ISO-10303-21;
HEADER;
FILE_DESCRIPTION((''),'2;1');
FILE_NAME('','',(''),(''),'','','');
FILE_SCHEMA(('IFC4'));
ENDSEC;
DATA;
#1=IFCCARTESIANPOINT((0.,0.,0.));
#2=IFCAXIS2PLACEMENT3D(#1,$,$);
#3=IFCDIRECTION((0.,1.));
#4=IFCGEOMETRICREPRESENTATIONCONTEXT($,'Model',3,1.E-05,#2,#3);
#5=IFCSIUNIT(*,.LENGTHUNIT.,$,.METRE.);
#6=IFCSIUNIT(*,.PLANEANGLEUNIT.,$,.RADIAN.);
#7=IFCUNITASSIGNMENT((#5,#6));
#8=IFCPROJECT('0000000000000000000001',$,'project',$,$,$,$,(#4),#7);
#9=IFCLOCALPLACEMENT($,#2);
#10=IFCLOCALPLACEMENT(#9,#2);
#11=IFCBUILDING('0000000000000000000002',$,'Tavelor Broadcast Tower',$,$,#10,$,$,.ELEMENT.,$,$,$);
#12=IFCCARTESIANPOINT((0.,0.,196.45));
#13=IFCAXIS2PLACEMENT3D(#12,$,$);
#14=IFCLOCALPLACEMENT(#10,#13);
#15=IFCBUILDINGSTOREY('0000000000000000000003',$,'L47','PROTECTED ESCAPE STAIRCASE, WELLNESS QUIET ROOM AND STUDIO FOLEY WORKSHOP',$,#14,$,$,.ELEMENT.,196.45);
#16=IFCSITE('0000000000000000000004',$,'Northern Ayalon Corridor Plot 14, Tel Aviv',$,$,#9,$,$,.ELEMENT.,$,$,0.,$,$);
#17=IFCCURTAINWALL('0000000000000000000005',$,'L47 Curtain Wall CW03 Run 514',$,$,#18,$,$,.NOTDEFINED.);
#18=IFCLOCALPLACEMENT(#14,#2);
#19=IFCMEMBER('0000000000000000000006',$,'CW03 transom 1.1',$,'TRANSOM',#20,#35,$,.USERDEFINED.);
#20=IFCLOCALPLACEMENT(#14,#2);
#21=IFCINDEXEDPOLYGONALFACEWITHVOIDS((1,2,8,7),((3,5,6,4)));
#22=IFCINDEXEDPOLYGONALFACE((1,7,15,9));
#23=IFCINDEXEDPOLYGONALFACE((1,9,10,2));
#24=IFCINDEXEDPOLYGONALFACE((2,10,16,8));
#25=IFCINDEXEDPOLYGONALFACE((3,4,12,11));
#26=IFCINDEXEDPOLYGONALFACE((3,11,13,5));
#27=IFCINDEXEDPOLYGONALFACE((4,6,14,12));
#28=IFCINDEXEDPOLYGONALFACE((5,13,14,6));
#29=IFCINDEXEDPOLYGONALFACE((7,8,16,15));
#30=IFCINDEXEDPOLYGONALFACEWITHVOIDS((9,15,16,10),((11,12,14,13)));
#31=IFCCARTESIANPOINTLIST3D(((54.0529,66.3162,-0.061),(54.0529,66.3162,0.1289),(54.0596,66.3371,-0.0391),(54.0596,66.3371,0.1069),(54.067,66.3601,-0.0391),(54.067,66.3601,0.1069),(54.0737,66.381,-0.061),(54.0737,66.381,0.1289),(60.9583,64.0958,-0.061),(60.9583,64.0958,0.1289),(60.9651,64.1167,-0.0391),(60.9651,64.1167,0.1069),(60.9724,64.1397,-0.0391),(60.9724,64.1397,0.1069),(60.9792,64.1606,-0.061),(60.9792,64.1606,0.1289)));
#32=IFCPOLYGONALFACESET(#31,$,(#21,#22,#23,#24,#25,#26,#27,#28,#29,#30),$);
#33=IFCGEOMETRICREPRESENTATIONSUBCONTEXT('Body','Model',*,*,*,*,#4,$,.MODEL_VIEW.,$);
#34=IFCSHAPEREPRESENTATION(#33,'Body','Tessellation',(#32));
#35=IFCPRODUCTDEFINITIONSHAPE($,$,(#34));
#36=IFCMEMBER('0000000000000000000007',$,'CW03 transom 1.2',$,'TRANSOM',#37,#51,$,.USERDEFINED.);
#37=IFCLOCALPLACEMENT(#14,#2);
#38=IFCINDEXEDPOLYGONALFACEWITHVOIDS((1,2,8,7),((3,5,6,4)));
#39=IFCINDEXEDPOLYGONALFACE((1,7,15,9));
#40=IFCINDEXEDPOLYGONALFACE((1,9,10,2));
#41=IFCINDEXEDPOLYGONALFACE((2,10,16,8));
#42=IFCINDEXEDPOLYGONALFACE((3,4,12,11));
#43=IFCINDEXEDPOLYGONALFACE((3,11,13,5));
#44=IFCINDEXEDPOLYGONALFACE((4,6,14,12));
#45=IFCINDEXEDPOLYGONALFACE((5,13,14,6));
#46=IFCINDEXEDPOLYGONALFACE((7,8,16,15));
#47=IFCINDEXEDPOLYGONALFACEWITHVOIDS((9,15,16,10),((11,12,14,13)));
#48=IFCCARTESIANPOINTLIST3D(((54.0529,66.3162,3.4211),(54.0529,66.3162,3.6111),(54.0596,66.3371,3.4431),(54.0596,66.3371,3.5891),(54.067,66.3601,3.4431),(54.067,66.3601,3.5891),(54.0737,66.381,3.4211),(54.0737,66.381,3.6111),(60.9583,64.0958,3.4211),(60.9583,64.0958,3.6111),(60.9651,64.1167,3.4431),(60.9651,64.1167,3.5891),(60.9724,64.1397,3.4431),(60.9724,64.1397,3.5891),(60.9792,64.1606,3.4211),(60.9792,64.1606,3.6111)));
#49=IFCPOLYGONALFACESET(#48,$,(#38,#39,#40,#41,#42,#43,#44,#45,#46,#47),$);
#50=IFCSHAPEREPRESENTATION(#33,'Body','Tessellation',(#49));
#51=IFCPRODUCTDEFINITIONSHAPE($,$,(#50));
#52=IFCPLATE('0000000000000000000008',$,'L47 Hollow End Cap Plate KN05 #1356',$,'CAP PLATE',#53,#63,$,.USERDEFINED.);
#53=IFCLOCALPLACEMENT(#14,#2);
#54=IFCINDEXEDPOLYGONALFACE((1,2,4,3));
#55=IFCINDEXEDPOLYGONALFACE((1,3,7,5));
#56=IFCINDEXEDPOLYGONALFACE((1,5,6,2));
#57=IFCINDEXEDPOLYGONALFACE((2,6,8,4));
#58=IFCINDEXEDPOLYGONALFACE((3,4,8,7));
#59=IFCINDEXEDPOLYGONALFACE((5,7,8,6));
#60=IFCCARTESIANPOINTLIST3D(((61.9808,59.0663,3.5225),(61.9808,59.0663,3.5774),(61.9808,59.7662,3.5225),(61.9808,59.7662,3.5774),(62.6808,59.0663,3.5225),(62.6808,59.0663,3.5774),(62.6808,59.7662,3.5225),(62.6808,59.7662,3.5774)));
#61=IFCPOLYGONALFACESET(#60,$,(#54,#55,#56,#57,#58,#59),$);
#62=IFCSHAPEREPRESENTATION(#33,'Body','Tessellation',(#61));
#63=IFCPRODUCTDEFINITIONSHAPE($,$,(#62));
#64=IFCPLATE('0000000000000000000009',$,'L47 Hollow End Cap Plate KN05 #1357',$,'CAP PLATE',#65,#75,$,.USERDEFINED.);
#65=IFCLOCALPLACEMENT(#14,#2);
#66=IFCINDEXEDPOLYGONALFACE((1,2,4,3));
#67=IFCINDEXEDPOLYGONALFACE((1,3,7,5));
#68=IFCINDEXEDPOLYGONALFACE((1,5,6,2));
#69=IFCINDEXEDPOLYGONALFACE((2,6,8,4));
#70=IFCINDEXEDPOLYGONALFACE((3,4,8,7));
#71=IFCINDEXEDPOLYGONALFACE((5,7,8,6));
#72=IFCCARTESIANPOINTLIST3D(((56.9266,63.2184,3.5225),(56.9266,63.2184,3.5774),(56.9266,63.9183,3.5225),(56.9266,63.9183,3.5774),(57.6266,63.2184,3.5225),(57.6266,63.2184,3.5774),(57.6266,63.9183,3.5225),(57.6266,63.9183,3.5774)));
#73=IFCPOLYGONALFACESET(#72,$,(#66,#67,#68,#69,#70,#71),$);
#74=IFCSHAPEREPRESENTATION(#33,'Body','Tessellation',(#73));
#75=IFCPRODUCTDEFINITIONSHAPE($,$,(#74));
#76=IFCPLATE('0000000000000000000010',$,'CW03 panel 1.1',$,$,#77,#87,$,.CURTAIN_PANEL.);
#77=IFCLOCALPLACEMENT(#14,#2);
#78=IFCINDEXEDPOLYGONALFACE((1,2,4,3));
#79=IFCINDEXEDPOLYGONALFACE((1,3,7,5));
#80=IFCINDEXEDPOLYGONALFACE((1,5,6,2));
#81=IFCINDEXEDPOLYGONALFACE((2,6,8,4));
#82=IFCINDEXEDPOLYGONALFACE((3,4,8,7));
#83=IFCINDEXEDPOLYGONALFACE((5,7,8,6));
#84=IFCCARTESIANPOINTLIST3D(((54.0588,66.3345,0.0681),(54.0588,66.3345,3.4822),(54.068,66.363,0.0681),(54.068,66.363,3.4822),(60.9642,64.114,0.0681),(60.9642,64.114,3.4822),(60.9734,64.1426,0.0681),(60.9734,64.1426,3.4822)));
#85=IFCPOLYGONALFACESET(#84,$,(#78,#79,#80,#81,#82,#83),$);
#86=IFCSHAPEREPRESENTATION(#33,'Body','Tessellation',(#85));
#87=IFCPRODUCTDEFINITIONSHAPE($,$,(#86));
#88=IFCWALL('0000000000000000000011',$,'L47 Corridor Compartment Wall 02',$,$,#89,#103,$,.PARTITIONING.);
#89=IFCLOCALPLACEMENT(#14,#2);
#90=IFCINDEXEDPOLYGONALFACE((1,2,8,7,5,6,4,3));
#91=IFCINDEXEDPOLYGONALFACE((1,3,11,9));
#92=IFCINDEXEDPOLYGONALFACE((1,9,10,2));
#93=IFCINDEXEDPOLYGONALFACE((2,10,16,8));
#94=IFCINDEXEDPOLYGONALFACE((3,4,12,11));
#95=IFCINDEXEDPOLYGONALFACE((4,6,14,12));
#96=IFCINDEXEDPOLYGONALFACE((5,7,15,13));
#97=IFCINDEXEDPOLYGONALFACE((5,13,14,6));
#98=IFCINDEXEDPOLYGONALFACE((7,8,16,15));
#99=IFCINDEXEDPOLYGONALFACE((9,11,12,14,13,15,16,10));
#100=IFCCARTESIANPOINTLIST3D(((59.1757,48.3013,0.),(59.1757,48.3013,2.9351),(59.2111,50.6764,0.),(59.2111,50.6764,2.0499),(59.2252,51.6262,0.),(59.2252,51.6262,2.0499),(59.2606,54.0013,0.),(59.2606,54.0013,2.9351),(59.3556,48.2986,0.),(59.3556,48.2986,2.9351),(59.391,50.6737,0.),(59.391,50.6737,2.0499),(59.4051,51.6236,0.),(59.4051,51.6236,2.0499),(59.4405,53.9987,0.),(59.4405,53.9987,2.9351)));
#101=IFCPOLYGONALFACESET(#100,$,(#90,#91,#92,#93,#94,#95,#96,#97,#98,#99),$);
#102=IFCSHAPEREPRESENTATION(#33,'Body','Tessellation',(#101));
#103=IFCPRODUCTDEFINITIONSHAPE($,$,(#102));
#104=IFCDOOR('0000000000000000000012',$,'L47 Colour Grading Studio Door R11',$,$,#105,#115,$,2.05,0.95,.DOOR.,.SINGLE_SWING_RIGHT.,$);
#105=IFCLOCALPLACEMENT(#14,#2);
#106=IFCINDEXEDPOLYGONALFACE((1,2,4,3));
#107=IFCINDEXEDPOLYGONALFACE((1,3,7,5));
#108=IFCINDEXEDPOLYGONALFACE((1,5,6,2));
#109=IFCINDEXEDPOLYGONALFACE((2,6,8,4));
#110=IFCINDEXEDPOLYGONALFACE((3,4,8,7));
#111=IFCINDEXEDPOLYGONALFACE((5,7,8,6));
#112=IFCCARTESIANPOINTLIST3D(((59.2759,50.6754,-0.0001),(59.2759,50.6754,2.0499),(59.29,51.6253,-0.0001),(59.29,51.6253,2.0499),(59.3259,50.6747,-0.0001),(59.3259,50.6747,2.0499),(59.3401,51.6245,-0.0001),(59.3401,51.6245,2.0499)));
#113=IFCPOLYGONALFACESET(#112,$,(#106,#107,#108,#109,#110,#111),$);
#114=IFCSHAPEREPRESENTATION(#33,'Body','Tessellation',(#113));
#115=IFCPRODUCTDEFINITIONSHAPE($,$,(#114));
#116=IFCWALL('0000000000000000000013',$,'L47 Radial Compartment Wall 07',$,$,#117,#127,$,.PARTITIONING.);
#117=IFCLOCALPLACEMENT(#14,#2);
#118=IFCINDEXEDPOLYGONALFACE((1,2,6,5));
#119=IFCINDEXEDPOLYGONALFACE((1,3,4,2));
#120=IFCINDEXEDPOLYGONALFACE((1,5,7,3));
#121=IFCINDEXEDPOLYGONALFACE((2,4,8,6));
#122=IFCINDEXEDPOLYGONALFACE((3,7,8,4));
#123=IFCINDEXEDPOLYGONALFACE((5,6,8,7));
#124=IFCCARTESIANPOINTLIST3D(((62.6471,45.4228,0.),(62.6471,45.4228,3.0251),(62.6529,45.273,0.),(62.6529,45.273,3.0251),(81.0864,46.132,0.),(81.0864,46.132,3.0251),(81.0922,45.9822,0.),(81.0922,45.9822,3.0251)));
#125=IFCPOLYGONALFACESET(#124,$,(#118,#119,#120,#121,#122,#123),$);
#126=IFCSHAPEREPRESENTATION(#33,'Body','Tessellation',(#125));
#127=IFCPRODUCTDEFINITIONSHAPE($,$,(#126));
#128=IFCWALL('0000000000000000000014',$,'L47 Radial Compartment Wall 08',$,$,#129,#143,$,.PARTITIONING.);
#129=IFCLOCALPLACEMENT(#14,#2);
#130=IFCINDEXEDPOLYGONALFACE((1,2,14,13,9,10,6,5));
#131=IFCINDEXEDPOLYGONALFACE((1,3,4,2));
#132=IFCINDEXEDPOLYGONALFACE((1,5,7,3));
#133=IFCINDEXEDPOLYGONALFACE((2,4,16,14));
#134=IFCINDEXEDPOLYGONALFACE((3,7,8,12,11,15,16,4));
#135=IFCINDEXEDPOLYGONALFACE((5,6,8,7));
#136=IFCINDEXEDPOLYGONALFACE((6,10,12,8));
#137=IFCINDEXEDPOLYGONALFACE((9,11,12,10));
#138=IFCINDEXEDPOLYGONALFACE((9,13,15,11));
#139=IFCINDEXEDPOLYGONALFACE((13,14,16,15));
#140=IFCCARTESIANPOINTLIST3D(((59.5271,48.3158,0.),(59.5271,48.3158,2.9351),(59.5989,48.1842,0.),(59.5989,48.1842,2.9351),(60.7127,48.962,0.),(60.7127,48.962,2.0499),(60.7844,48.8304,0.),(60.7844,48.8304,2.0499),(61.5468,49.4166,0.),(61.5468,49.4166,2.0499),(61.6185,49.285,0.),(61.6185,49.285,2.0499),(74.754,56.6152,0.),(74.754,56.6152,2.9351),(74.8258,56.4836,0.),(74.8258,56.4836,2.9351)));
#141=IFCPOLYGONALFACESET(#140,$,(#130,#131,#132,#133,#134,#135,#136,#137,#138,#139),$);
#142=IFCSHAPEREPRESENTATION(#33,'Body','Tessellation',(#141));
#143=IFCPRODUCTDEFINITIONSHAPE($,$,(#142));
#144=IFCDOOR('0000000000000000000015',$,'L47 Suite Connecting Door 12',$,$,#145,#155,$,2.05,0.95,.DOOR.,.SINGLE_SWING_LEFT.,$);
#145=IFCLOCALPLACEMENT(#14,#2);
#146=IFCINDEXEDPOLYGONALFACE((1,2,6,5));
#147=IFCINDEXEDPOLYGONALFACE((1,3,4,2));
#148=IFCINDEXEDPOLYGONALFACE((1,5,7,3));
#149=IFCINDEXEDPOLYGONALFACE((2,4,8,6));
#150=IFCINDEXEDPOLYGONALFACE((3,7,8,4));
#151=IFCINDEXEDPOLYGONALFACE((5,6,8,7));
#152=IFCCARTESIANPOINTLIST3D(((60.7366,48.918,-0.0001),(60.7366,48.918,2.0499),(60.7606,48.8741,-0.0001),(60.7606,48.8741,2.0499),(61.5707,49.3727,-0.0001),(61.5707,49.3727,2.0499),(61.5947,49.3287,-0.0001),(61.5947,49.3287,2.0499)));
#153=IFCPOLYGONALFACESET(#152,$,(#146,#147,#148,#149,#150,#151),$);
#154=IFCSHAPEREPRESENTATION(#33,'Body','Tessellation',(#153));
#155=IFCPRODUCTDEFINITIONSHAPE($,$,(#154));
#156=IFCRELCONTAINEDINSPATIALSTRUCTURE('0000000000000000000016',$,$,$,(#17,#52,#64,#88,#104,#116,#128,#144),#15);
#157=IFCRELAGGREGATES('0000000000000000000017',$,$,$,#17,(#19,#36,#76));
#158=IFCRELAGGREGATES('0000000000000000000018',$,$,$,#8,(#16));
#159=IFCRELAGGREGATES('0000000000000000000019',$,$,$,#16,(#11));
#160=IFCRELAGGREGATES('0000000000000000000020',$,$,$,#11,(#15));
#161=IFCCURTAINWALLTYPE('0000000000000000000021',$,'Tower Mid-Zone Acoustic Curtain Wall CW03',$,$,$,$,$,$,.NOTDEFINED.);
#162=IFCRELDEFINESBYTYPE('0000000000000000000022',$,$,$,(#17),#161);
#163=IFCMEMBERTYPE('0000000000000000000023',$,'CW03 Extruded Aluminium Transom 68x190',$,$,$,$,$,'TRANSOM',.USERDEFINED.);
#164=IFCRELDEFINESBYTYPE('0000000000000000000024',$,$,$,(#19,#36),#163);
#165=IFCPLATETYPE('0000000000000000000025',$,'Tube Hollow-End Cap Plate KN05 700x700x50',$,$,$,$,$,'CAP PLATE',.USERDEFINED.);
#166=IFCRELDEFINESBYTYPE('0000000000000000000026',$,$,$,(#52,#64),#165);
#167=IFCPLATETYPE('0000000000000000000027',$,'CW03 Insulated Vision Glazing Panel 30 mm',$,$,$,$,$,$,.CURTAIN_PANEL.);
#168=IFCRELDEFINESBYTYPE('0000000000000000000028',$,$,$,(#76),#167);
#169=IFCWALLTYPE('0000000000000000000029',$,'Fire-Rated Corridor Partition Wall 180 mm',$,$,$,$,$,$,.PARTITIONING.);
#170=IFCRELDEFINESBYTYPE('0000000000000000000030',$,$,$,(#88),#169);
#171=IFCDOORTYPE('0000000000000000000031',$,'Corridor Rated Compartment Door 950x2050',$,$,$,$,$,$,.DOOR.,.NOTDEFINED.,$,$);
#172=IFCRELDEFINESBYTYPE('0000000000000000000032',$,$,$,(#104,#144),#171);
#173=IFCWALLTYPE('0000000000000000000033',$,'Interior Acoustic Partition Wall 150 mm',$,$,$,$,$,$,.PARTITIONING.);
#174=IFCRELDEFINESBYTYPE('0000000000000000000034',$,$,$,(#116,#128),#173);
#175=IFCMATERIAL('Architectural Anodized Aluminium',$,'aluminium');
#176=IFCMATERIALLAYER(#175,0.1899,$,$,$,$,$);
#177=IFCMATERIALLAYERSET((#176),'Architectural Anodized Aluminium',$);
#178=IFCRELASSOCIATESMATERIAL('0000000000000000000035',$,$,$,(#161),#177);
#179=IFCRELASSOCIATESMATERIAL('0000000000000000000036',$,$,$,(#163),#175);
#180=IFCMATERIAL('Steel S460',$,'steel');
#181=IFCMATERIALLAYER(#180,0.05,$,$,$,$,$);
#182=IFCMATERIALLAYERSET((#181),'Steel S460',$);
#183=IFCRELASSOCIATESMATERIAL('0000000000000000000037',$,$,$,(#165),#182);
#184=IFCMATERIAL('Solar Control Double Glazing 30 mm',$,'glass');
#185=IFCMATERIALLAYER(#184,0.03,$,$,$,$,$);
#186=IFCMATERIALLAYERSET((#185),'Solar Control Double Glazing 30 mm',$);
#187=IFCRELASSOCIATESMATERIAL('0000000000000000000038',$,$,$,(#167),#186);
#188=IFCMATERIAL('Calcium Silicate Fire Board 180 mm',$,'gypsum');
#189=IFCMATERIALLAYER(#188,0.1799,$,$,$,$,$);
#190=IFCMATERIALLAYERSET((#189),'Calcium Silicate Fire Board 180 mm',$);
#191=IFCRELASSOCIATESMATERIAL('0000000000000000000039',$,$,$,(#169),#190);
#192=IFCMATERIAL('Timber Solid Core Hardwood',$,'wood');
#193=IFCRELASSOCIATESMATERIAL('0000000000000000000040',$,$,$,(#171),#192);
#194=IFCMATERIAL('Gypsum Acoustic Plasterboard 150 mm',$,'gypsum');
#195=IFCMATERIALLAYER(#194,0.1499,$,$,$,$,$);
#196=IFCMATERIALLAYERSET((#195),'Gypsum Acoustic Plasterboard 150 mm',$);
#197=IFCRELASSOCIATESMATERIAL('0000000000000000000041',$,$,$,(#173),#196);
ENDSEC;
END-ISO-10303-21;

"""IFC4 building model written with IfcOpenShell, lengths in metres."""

from ifc_helpers import new_model, si_unit, direction, frame, frame_2d, origin, origin_2d, place, context, subcontext, project, spatial, rectangle, hollow_rectangle, extrude, source, transform, mapped, material, layer, layer_set, material_profile, profile_set, type_object, type_shapes, element, fill, aggregate, save


model = new_model("IFC4")

# Units and contexts
model_context = context("Model", 3, precision=1e-05, world=origin(), true_north=direction((0.0, 1.0)))
body_context = subcontext(model_context, "Body", "Model", "MODEL_VIEW")
ifc_project = project(units=[si_unit("LENGTHUNIT", "METRE"), si_unit("PLANEANGLEUNIT", "RADIAN")], contexts=[model_context])

# Site, building, storey
site_placement = place(None, origin())
site = spatial("IfcSite", under=ifc_project, at=site_placement, Name="Northern Ayalon Corridor Plot 14, Tel Aviv", CompositionType="ELEMENT", RefElevation=0.0)
building_placement = place(site_placement, origin())
building = spatial("IfcBuilding", under=site, at=building_placement, Name="Tavelor Broadcast Tower", CompositionType="ELEMENT")
storey_placement = place(building_placement, frame((0.0, 0.0, 196.45)))
storey = spatial("IfcBuildingStorey", under=building, at=storey_placement, Name="L47", Description="PROTECTED ESCAPE STAIRCASE, WELLNESS QUIET ROOM AND STUDIO FOLEY WORKSHOP", CompositionType="ELEMENT", Elevation=196.45)

# Shared definitions
ifc_material_1 = material(Name="Steel S460", Category="steel")

# Shared definitions
ifc_material_2 = material(Name="Architectural Anodized Aluminium", Category="aluminium")
ifc_layer_1 = layer(ifc_material_2, 0.1899)
ifc_layer_set_1 = layer_set([ifc_layer_1], Name="Architectural Anodized Aluminium")
curtain_wall_type = type_object("IfcCurtainWallType", Name="Tower Mid-Zone Acoustic Curtain Wall CW03", PredefinedType="NOTDEFINED", material=ifc_layer_set_1)

# Curtain wall, members
curtain_wall_1_placement = place(storey_placement, origin())
curtain_wall_1 = element("IfcCurtainWall", 1, at=curtain_wall_1_placement, inside=storey, type_object=curtain_wall_type, Name="L47 Curtain Wall CW03 Run 514", PredefinedType="NOTDEFINED")
ifc_material_profile_1 = material_profile(ifc_material_2, hollow_rectangle(XDim=0.0681, YDim=0.1899, WallThickness=0.022, at=origin_2d()), Name="RHS 68x190x22")
ifc_profile_set_1 = profile_set([ifc_material_profile_1], Name="Architectural Anodized Aluminium")
member_type_1 = type_object("IfcMemberType", Name="CW03 Extruded Aluminium Transom 68x190", ElementType="TRANSOM", PredefinedType="USERDEFINED", material=ifc_profile_set_1)
shared_shape_1 = source(origin(), body_context, "Body", "SweptSolid", [
    extrude(hollow_rectangle(XDim=0.0681, YDim=0.1899, WallThickness=0.022, at=origin_2d()), origin(), (0.0, 0.0, 1.0), 7.2537),
])
type_shapes(member_type_1, [shared_shape_1])
member_1_placement = place(storey_placement, frame((60.9688, 64.1282, 0.0339), z_axis=(-0.951995, 0.306113, 0.0), x_axis=(-0.306113, -0.951995, 0.0)))
member_1 = element("IfcMember", 2, at=member_1_placement, type_object=member_type_1, Name="CW03 transom 1.1", ObjectType="TRANSOM", PredefinedType="USERDEFINED", context=body_context, shape_type="MappedRepresentation", body=[
    mapped(shared_shape_1, transform((0.0, 0.0, 0.0), scale=1.0)),
])
member_2_placement = place(storey_placement, frame((60.9688, 64.1282, 3.5161), z_axis=(-0.951995, 0.306113, 0.0), x_axis=(-0.306113, -0.951995, 0.0)))
member_2 = element("IfcMember", 3, at=member_2_placement, type_object=member_type_1, Name="CW03 transom 1.2", ObjectType="TRANSOM", PredefinedType="USERDEFINED", context=body_context, shape_type="MappedRepresentation", body=[
    mapped(shared_shape_1, transform((0.0, 0.0, 0.0), scale=1.0)),
])

# Plates
ifc_layer_2 = layer(ifc_material_1, 0.05)
ifc_layer_set_2 = layer_set([ifc_layer_2], Name="Steel S460")
plate_type_1 = type_object("IfcPlateType", Name="Tube Hollow-End Cap Plate KN05 700x700x50", ElementType="CAP PLATE", PredefinedType="USERDEFINED", material=ifc_layer_set_2)
shared_shape_2 = source(origin(), body_context, "Body", "SweptSolid", [
    extrude(rectangle(XDim=0.7, YDim=0.7, at=origin_2d()), origin(), (0.0, 0.0, 1.0), 0.0549),
])
type_shapes(plate_type_1, [shared_shape_2])
for number, where, z_axis, x_axis, name in (
    (4, (62.3308, 59.4163, 3.5225), (0.0, 0.0, 1.0), (1.0, 0.0, 0.0), "L47 Hollow End Cap Plate KN05 #1356"),
    (5, (57.2766, 63.5684, 3.5225), (0.0, 0.0, 1.0), (1.0, 0.0, 0.0), "L47 Hollow End Cap Plate KN05 #1357"),
):
    element("IfcPlate", number, at=place(storey_placement, frame(where, z_axis=z_axis, x_axis=x_axis)), inside=storey, type_object=plate_type_1, Name=name, ObjectType="CAP PLATE", PredefinedType="USERDEFINED", context=body_context, shape_type="MappedRepresentation", body=[
        mapped(shared_shape_2, transform((0.0, 0.0, 0.0), scale=1.0)),
    ])

# Plate
ifc_material_3 = material(Name="Solar Control Double Glazing 30 mm", Category="glass")
ifc_layer_3 = layer(ifc_material_3, 0.03)
ifc_layer_set_3 = layer_set([ifc_layer_3], Name="Solar Control Double Glazing 30 mm")
plate_type_2 = type_object("IfcPlateType", Name="CW03 Insulated Vision Glazing Panel 30 mm", PredefinedType="CURTAIN_PANEL", material=ifc_layer_set_3)
shared_shape_3 = source(origin(), body_context, "Body", "SweptSolid", [
    extrude(rectangle(XDim=7.2537, YDim=0.03, at=origin_2d()), origin(), (0.0, 0.0, 1.0), 3.4141),
])
type_shapes(plate_type_2, [shared_shape_3])
plate_placement = place(storey_placement, frame((57.5161, 65.2385, 0.0681), z_axis=(0.0, 0.0, 1.0), x_axis=(-0.951995, 0.306113, 0.0)))
plate = element("IfcPlate", 6, at=plate_placement, type_object=plate_type_2, Name="CW03 panel 1.1", PredefinedType="CURTAIN_PANEL", context=body_context, shape_type="MappedRepresentation", body=[
    mapped(shared_shape_3, transform((0.0, 0.0, 0.0), scale=1.0)),
])
aggregate(curtain_wall_1, [member_1, member_2, plate])

# Wall, opening, door
ifc_material_4 = material(Name="Calcium Silicate Fire Board 180 mm", Category="gypsum")
ifc_layer_4 = layer(ifc_material_4, 0.1799)
ifc_layer_set_4 = layer_set([ifc_layer_4], Name="Calcium Silicate Fire Board 180 mm")
wall_type_1 = type_object("IfcWallType", Name="Fire-Rated Corridor Partition Wall 180 mm", PredefinedType="PARTITIONING", material=ifc_layer_set_4)
wall_1_placement = place(storey_placement, frame((59.3506, 54.0, 0.0), z_axis=(0.0, 0.0, 1.0), x_axis=(-0.014904, -0.999889, 0.0)))
wall_1 = element("IfcWall", 7, at=wall_1_placement, inside=storey, type_object=wall_type_1, Name="L47 Corridor Compartment Wall 02", PredefinedType="PARTITIONING", context=body_context, shape_type="SweptSolid", body=[
    extrude(rectangle(XDim=5.7007, YDim=0.1799, at=frame_2d((2.8503, 0.0))), origin(), (0.0, 0.0, 1.0), 2.9351),
])
opening_1_placement = place(wall_1_placement, frame((2.3752, 0.0, 0.0)))
opening_1 = element("IfcOpeningElement", 8, at=opening_1_placement, cuts=wall_1, PredefinedType="OPENING", context=body_context, shape_type="SweptSolid", body=[
    extrude(rectangle(XDim=0.95, YDim=2.05, at=frame_2d((0.4751, 1.0249))), frame((0.0, 0.1001, 0.0), z_axis=(0.0, -1.0, 0.0), x_axis=(1.0, 0.0, 0.0)), (0.0, 0.0, 1.0), 0.2),
])
ifc_material_5 = material(Name="Timber Solid Core Hardwood", Category="wood")
door_type = type_object("IfcDoorType", Name="Corridor Rated Compartment Door 950x2050", OperationType="NOTDEFINED", PredefinedType="DOOR", material=ifc_material_5)
door_1_placement = place(opening_1_placement, origin())
door_1 = element("IfcDoor", 9, at=door_1_placement, inside=storey, type_object=door_type, Name="L47 Colour Grading Studio Door R11", OperationType="SINGLE_SWING_RIGHT", OverallHeight=2.05, OverallWidth=0.95, PredefinedType="DOOR", context=body_context, shape_type="SweptSolid", body=[
    extrude(rectangle(XDim=0.95, YDim=2.05, at=frame_2d((0.4751, 1.0249))), frame((0.0, 0.0249, 0.0), z_axis=(0.0, -1.0, 0.0), x_axis=(1.0, 0.0, 0.0)), (0.0, 0.0, 1.0), 0.05),
])
fill(opening_1, door_1)

# Wall
ifc_material_6 = material(Name="Gypsum Acoustic Plasterboard 150 mm", Category="gypsum")
ifc_layer_5 = layer(ifc_material_6, 0.1499)
ifc_layer_set_5 = layer_set([ifc_layer_5], Name="Gypsum Acoustic Plasterboard 150 mm")
wall_type_2 = type_object("IfcWallType", Name="Interior Acoustic Partition Wall 150 mm", PredefinedType="PARTITIONING", material=ifc_layer_set_5)
wall_2_placement = place(storey_placement, frame((62.6499, 45.3479, 0.0), z_axis=(0.0, 0.0, 1.0), x_axis=(0.999261, 0.038435, 0.0)))
element("IfcWall", 10, at=wall_2_placement, inside=storey, type_object=wall_type_2, Name="L47 Radial Compartment Wall 07", PredefinedType="PARTITIONING", context=body_context, shape_type="SweptSolid", body=[
    extrude(rectangle(XDim=18.4529, YDim=0.1499, at=frame_2d((9.2266, 0.0))), origin(), (0.0, 0.0, 1.0), 3.0251),
])

# Wall, opening, door
wall_3_placement = place(storey_placement, frame((59.563, 48.25, 0.0), z_axis=(0.0, 0.0, 1.0), x_axis=(0.878046, 0.478576, 0.0)))
wall_3 = element("IfcWall", 11, at=wall_3_placement, inside=storey, type_object=wall_type_2, Name="L47 Radial Compartment Wall 08", PredefinedType="PARTITIONING", context=body_context, shape_type="SweptSolid", body=[
    extrude(rectangle(XDim=17.3418, YDim=0.1499, at=frame_2d((8.6709, 0.0))), origin(), (0.0, 0.0, 1.0), 2.9351),
])
opening_2_placement = place(wall_3_placement, frame((1.3501, 0.0, 0.0)))
opening_2 = element("IfcOpeningElement", 12, at=opening_2_placement, cuts=wall_3, PredefinedType="OPENING", context=body_context, shape_type="SweptSolid", body=[
    extrude(rectangle(XDim=0.95, YDim=2.05, at=frame_2d((0.4751, 1.0249))), frame((0.0, 0.085, 0.0), z_axis=(0.0, -1.0, 0.0), x_axis=(1.0, 0.0, 0.0)), (0.0, 0.0, 1.0), 0.1699),
])
door_2_placement = place(opening_2_placement, origin())
door_2 = element("IfcDoor", 13, at=door_2_placement, inside=storey, type_object=door_type, Name="L47 Suite Connecting Door 12", OperationType="SINGLE_SWING_LEFT", OverallHeight=2.05, OverallWidth=0.95, PredefinedType="DOOR", context=body_context, shape_type="SweptSolid", body=[
    extrude(rectangle(XDim=0.95, YDim=2.05, at=frame_2d((0.4751, 1.0249))), frame((0.0, 0.0249, 0.0), z_axis=(0.0, -1.0, 0.0), x_axis=(1.0, 0.0, 0.0)), (0.0, 0.0, 1.0), 0.05),
])
fill(opening_2, door_2)

save(model, "model.ifc")
